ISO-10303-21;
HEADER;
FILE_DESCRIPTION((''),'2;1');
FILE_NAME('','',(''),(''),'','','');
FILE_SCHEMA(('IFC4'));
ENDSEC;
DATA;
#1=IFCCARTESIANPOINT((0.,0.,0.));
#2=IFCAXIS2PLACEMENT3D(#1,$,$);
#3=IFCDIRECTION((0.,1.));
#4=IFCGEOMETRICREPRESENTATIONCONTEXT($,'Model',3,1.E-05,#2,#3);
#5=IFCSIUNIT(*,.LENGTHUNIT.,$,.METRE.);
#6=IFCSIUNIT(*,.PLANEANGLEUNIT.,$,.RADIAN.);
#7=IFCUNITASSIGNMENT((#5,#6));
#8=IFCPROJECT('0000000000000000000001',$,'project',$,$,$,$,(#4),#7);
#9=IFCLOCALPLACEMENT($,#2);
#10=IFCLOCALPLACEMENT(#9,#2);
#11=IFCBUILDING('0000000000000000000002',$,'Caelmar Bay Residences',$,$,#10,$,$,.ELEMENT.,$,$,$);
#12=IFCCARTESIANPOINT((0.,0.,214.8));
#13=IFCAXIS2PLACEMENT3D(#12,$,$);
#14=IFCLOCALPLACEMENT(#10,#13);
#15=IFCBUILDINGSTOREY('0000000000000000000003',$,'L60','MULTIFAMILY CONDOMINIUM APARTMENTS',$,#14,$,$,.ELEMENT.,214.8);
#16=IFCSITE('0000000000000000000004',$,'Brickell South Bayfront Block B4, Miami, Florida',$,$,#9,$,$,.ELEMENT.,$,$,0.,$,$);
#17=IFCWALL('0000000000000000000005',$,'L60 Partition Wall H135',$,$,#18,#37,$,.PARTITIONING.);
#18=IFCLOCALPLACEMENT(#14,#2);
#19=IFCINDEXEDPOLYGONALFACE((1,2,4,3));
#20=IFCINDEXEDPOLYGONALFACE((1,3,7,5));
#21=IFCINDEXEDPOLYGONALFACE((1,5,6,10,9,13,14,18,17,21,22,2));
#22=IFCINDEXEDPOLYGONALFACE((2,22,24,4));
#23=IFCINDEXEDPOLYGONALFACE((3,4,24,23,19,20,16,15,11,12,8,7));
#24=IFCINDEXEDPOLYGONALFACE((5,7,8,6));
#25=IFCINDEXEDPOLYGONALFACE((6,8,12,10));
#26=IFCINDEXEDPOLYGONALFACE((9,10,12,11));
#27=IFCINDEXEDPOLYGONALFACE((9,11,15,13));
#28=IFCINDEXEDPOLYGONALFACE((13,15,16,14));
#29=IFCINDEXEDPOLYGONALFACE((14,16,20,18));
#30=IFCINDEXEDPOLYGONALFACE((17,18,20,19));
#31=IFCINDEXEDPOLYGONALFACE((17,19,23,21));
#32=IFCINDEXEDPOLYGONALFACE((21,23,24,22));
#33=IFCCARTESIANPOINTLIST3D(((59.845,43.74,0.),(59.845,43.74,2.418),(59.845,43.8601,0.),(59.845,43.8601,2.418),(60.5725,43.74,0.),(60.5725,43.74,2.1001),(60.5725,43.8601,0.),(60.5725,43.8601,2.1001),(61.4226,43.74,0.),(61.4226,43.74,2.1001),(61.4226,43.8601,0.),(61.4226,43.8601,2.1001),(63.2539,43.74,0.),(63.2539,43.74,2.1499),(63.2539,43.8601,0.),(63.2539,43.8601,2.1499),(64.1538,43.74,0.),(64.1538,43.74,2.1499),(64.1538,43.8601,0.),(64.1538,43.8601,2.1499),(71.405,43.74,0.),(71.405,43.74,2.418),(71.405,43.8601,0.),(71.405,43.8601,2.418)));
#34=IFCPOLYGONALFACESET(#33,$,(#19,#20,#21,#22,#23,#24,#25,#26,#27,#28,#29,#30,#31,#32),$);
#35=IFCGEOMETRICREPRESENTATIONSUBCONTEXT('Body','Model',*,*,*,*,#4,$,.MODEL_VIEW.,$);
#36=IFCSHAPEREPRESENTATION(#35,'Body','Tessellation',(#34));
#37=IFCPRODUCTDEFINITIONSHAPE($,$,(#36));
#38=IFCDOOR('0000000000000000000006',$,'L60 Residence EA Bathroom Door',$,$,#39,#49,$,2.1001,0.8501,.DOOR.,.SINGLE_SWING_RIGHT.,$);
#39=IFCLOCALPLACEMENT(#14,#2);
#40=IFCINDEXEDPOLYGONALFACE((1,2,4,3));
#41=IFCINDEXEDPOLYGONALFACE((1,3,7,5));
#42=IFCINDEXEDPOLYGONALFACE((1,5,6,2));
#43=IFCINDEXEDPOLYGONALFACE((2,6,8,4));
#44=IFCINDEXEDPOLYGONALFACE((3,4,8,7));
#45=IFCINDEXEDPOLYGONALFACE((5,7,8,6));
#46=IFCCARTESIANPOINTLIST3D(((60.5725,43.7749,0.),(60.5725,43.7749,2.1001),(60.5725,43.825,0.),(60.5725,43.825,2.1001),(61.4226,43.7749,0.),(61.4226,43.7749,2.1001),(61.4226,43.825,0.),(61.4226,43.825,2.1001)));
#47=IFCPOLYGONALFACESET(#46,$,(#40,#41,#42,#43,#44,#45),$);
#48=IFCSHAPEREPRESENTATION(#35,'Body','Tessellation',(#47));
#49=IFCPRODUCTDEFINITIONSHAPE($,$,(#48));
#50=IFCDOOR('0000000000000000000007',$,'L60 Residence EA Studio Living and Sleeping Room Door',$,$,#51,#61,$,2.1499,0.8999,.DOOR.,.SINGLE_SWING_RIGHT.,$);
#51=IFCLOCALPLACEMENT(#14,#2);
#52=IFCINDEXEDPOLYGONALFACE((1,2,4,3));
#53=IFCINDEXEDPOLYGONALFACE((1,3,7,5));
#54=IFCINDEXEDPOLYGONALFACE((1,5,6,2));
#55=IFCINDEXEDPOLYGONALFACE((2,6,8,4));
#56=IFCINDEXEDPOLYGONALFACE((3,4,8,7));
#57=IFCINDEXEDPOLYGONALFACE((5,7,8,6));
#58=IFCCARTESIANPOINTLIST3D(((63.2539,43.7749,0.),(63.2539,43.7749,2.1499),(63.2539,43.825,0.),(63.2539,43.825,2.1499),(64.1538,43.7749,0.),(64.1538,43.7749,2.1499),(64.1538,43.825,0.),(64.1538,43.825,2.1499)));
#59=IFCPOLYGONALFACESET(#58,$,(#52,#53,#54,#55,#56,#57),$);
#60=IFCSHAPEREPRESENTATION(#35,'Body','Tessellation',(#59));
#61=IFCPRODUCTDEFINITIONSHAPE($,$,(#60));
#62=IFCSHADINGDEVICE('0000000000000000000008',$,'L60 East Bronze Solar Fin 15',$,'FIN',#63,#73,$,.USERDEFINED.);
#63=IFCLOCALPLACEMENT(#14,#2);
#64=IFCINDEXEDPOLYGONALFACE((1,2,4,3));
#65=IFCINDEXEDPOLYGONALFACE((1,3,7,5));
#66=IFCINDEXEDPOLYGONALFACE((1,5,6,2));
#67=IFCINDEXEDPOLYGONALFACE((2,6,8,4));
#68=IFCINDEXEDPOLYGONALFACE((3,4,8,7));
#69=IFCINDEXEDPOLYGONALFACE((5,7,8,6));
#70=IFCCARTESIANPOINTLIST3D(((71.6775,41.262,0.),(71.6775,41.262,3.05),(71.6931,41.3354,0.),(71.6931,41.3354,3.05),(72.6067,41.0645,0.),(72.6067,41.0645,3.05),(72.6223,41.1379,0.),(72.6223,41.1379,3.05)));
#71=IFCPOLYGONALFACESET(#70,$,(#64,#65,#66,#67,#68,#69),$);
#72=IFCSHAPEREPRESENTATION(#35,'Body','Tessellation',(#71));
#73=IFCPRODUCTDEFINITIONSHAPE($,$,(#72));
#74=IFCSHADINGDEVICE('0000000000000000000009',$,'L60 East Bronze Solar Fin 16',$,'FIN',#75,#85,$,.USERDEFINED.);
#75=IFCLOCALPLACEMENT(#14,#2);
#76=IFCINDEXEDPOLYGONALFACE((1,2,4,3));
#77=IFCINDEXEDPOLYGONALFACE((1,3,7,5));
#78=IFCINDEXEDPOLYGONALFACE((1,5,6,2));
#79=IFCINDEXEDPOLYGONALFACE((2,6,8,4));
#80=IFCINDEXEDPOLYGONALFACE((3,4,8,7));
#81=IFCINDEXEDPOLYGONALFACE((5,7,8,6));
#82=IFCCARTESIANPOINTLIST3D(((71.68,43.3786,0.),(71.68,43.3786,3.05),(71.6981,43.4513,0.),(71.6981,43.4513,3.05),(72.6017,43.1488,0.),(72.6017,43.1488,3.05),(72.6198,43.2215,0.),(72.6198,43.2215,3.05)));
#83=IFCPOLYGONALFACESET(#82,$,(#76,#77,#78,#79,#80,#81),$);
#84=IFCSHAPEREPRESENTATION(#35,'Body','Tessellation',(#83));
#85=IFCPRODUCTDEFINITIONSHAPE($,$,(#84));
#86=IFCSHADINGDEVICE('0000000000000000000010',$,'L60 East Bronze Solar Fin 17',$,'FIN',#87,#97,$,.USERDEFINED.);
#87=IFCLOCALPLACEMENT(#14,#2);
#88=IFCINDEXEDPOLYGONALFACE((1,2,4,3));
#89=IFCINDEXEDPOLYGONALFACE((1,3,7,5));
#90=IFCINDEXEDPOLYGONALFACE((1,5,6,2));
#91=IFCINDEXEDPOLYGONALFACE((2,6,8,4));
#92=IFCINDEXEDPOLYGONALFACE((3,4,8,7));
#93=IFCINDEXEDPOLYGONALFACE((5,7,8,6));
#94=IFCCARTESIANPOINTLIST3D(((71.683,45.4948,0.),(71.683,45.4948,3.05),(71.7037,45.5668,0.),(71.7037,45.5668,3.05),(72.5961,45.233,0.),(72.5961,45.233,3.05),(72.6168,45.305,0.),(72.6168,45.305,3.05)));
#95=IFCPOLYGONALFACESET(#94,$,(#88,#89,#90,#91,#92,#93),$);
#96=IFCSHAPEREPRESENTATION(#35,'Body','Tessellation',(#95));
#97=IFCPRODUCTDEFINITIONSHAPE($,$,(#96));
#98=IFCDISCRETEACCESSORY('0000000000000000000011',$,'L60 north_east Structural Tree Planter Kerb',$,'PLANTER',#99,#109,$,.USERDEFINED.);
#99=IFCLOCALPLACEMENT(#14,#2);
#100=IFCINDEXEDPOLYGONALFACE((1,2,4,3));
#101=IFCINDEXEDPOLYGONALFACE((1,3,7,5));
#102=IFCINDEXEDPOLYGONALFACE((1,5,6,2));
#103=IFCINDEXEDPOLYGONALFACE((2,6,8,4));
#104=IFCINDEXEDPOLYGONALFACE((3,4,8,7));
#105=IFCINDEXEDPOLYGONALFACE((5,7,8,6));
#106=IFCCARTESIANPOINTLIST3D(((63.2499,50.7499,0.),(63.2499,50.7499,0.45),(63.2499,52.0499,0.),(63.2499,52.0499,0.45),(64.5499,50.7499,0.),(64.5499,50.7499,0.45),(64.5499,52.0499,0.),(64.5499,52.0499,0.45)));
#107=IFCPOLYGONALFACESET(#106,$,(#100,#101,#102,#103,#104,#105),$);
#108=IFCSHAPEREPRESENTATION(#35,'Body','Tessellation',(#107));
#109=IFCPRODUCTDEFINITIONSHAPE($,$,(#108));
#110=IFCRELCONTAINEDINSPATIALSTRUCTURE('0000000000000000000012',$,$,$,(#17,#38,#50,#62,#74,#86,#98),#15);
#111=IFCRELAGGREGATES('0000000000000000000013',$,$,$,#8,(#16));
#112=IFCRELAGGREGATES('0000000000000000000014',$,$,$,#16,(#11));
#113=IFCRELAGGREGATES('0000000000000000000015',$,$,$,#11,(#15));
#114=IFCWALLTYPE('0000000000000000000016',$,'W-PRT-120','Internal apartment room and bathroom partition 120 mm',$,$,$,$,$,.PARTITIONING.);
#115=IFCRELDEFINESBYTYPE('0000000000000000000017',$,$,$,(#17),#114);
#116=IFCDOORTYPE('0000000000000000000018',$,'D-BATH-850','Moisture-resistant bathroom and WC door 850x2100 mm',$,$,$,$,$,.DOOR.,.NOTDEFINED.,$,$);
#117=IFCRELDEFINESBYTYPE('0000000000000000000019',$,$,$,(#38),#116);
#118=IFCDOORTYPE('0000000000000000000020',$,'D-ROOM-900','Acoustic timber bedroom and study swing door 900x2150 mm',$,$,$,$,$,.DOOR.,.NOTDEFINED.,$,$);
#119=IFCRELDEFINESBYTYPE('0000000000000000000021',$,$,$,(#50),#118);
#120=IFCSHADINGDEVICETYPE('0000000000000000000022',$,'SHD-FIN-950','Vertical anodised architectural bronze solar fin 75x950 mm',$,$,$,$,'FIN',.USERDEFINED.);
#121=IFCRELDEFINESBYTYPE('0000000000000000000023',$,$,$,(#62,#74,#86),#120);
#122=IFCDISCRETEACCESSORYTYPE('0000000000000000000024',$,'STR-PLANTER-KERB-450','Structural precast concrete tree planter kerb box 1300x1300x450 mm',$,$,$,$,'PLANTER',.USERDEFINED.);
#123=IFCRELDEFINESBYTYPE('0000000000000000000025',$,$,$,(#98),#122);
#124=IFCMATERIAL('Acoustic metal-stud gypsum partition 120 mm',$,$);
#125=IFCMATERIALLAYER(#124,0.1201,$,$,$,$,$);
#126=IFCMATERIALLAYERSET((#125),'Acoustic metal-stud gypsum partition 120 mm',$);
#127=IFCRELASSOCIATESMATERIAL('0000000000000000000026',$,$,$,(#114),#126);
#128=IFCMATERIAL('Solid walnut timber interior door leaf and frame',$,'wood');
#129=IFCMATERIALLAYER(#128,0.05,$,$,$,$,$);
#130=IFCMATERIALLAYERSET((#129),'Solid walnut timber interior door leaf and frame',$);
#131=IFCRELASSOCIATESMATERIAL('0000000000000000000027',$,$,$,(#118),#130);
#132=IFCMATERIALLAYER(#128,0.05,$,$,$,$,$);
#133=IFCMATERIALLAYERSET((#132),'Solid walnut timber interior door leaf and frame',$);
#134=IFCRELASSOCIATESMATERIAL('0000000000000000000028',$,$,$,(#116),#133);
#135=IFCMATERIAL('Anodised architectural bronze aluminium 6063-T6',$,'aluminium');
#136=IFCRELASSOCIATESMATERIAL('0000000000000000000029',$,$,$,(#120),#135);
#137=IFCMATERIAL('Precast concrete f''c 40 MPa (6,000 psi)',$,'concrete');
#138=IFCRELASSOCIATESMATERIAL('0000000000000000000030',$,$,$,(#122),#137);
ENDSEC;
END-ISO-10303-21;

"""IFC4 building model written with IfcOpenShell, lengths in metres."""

from ifc_helpers import new_model, si_unit, direction, frame, frame_2d, origin, origin_2d, place, context, subcontext, project, spatial, rectangle, extrude, material, layer, layer_set, material_profile, profile_set, type_object, element, fill, save


model = new_model("IFC4")

# Units and contexts
model_context = context("Model", 3, precision=1e-05, world=origin(), true_north=direction((0.0, 1.0)))
body_context = subcontext(model_context, "Body", "Model", "MODEL_VIEW")
ifc_project = project(units=[si_unit("LENGTHUNIT", "METRE"), si_unit("PLANEANGLEUNIT", "RADIAN")], contexts=[model_context])

# Site, building, storey
site_placement = place(None, origin())
site = spatial("IfcSite", under=ifc_project, at=site_placement, Name="Brickell South Bayfront Block B4, Miami, Florida", CompositionType="ELEMENT", RefElevation=0.0)
building_placement = place(site_placement, origin())
building = spatial("IfcBuilding", under=site, at=building_placement, Name="Caelmar Bay Residences", CompositionType="ELEMENT")
storey_placement = place(building_placement, frame((0.0, 0.0, 214.8)))
storey = spatial("IfcBuildingStorey", under=building, at=storey_placement, Name="L60", Description="MULTIFAMILY CONDOMINIUM APARTMENTS", CompositionType="ELEMENT", Elevation=214.8)

# Shared definitions
ifc_material_1 = material(Name="Precast concrete f'c 40 MPa (6,000 psi)", Category="concrete")

# Shared definitions
ifc_material_2 = material(Name="Acoustic metal-stud gypsum partition 120 mm")
ifc_layer_1 = layer(ifc_material_2, 0.1201)
ifc_layer_set_1 = layer_set([ifc_layer_1], Name="Acoustic metal-stud gypsum partition 120 mm")
wall_type_1 = type_object("IfcWallType", Name="W-PRT-120", Description="Internal apartment room and bathroom partition 120 mm", PredefinedType="PARTITIONING", material=ifc_layer_set_1)
ifc_material_3 = material(Name="Solid walnut timber interior door leaf and frame", Category="wood")
ifc_layer_2 = layer(ifc_material_3, 0.05)
ifc_layer_set_2 = layer_set([ifc_layer_2], Name="Solid walnut timber interior door leaf and frame")
door_type_1 = type_object("IfcDoorType", Name="D-ROOM-900", Description="Acoustic timber bedroom and study swing door 900x2150 mm", OperationType="NOTDEFINED", PredefinedType="DOOR", material=ifc_layer_set_2)

# Wall, openings, doors
wall_1_placement = place(storey_placement, frame((59.845, 43.8, 0.0), z_axis=(0.0, 0.0, 1.0), x_axis=(1.0, 0.0, 0.0)))
wall_1 = element("IfcWall", 1, at=wall_1_placement, inside=storey, type_object=wall_type_1, Name="L60 Partition Wall H135", PredefinedType="PARTITIONING", context=body_context, shape_type="SweptSolid", body=[
    extrude(rectangle(XDim=11.5601, YDim=0.1201, at=frame_2d((5.78, 0.0))), origin(), (0.0, 0.0, 1.0), 2.418),
])
opening_1_placement = place(wall_1_placement, frame((3.4089, 0.0, 0.0)))
opening_1 = element("IfcOpeningElement", 2, at=opening_1_placement, cuts=wall_1, PredefinedType="OPENING", context=body_context, shape_type="SweptSolid", body=[
    extrude(rectangle(XDim=0.8999, YDim=2.1499, at=frame_2d((0.45, 1.075))), frame((0.0, 0.0701, 0.0), z_axis=(0.0, -1.0, 0.0), x_axis=(1.0, 0.0, 0.0)), (0.0, 0.0, 1.0), 0.1401),
])
opening_2_placement = place(wall_1_placement, frame((0.7275, 0.0, 0.0)))
opening_2 = element("IfcOpeningElement", 3, at=opening_2_placement, cuts=wall_1, PredefinedType="OPENING", context=body_context, shape_type="SweptSolid", body=[
    extrude(rectangle(XDim=0.8501, YDim=2.1001, at=frame_2d((0.425, 1.05))), frame((0.0, 0.0701, 0.0), z_axis=(0.0, -1.0, 0.0), x_axis=(1.0, 0.0, 0.0)), (0.0, 0.0, 1.0), 0.1401),
])
ifc_layer_3 = layer(ifc_material_3, 0.05)
ifc_layer_set_3 = layer_set([ifc_layer_3], Name="Solid walnut timber interior door leaf and frame")
door_type_2 = type_object("IfcDoorType", Name="D-BATH-850", Description="Moisture-resistant bathroom and WC door 850x2100 mm", OperationType="NOTDEFINED", PredefinedType="DOOR", material=ifc_layer_set_3)
door_1_placement = place(opening_2_placement, origin())
door_1 = element("IfcDoor", 4, at=door_1_placement, inside=storey, type_object=door_type_2, Name="L60 Residence EA Bathroom Door", OperationType="SINGLE_SWING_RIGHT", OverallHeight=2.1001, OverallWidth=0.8501, PredefinedType="DOOR", context=body_context, shape_type="SweptSolid", body=[
    extrude(rectangle(XDim=0.8501, YDim=2.1001, at=frame_2d((0.425, 1.05))), frame((0.0, 0.0249, 0.0), z_axis=(0.0, -1.0, 0.0), x_axis=(1.0, 0.0, 0.0)), (0.0, 0.0, 1.0), 0.05),
])
fill(opening_2, door_1)
door_2_placement = place(opening_1_placement, origin())
door_2 = element("IfcDoor", 5, at=door_2_placement, inside=storey, type_object=door_type_1, Name="L60 Residence EA Studio Living and Sleeping Room Door", OperationType="SINGLE_SWING_RIGHT", OverallHeight=2.1499, OverallWidth=0.8999, PredefinedType="DOOR", context=body_context, shape_type="SweptSolid", body=[
    extrude(rectangle(XDim=0.8999, YDim=2.1499, at=frame_2d((0.45, 1.075))), frame((0.0, 0.0249, 0.0), z_axis=(0.0, -1.0, 0.0), x_axis=(1.0, 0.0, 0.0)), (0.0, 0.0, 1.0), 0.05),
])
fill(opening_1, door_2)

# Shading devices
ifc_material_4 = material(Name="Anodised architectural bronze aluminium 6063-T6", Category="aluminium")
ifc_material_profile_1 = material_profile(ifc_material_4, rectangle(XDim=0.075, YDim=0.95, at=origin_2d()), Name="BRONZE-FIN-75X950")
ifc_profile_set_1 = profile_set([ifc_material_profile_1], Name="Anodised architectural bronze aluminium 6063-T6")
shading_device_type = type_object("IfcShadingDeviceType", Name="SHD-FIN-950", Description="Vertical anodised architectural bronze solar fin 75x950 mm", ElementType="FIN", PredefinedType="USERDEFINED", material=ifc_profile_set_1)
for number, where, z_axis, x_axis, name in (
    (6, (72.1499, 41.2, 0.0), (0.0, 0.0, 1.0), (0.207912, 0.978148, 0.0), "L60 East Bronze Solar Fin 15"),
    (7, (72.1499, 43.3, 0.0), (0.0, 0.0, 1.0), (0.241922, 0.970296, 0.0), "L60 East Bronze Solar Fin 16"),
    (8, (72.1499, 45.3999, 0.0), (0.0, 0.0, 1.0), (0.275637, 0.961262, 0.0), "L60 East Bronze Solar Fin 17"),
):
    element("IfcShadingDevice", number, at=place(storey_placement, frame(where, z_axis=z_axis, x_axis=x_axis)), inside=storey, type_object=shading_device_type, Name=name, ObjectType="FIN", PredefinedType="USERDEFINED", context=body_context, shape_type="SweptSolid", body=[
        extrude(rectangle(XDim=0.075, YDim=0.95, at=origin_2d()), origin(), (0.0, 0.0, 1.0), 3.05),
    ])

# Discrete accessory
discrete_accessory_type = type_object("IfcDiscreteAccessoryType", Name="STR-PLANTER-KERB-450", Description="Structural precast concrete tree planter kerb box 1300x1300x450 mm", ElementType="PLANTER", PredefinedType="USERDEFINED", material=ifc_material_1)
discrete_accessory_placement = place(storey_placement, frame((63.8999, 51.3999, 0.0), z_axis=(0.0, 0.0, 1.0), x_axis=(1.0, 0.0, 0.0)))
element("IfcDiscreteAccessory", 9, at=discrete_accessory_placement, inside=storey, type_object=discrete_accessory_type, Name="L60 north_east Structural Tree Planter Kerb", ObjectType="PLANTER", PredefinedType="USERDEFINED", context=body_context, shape_type="SweptSolid", body=[
    extrude(rectangle(XDim=1.3, YDim=1.3, at=origin_2d()), origin(), (0.0, 0.0, 1.0), 0.45),
])

save(model, "model.ifc")
